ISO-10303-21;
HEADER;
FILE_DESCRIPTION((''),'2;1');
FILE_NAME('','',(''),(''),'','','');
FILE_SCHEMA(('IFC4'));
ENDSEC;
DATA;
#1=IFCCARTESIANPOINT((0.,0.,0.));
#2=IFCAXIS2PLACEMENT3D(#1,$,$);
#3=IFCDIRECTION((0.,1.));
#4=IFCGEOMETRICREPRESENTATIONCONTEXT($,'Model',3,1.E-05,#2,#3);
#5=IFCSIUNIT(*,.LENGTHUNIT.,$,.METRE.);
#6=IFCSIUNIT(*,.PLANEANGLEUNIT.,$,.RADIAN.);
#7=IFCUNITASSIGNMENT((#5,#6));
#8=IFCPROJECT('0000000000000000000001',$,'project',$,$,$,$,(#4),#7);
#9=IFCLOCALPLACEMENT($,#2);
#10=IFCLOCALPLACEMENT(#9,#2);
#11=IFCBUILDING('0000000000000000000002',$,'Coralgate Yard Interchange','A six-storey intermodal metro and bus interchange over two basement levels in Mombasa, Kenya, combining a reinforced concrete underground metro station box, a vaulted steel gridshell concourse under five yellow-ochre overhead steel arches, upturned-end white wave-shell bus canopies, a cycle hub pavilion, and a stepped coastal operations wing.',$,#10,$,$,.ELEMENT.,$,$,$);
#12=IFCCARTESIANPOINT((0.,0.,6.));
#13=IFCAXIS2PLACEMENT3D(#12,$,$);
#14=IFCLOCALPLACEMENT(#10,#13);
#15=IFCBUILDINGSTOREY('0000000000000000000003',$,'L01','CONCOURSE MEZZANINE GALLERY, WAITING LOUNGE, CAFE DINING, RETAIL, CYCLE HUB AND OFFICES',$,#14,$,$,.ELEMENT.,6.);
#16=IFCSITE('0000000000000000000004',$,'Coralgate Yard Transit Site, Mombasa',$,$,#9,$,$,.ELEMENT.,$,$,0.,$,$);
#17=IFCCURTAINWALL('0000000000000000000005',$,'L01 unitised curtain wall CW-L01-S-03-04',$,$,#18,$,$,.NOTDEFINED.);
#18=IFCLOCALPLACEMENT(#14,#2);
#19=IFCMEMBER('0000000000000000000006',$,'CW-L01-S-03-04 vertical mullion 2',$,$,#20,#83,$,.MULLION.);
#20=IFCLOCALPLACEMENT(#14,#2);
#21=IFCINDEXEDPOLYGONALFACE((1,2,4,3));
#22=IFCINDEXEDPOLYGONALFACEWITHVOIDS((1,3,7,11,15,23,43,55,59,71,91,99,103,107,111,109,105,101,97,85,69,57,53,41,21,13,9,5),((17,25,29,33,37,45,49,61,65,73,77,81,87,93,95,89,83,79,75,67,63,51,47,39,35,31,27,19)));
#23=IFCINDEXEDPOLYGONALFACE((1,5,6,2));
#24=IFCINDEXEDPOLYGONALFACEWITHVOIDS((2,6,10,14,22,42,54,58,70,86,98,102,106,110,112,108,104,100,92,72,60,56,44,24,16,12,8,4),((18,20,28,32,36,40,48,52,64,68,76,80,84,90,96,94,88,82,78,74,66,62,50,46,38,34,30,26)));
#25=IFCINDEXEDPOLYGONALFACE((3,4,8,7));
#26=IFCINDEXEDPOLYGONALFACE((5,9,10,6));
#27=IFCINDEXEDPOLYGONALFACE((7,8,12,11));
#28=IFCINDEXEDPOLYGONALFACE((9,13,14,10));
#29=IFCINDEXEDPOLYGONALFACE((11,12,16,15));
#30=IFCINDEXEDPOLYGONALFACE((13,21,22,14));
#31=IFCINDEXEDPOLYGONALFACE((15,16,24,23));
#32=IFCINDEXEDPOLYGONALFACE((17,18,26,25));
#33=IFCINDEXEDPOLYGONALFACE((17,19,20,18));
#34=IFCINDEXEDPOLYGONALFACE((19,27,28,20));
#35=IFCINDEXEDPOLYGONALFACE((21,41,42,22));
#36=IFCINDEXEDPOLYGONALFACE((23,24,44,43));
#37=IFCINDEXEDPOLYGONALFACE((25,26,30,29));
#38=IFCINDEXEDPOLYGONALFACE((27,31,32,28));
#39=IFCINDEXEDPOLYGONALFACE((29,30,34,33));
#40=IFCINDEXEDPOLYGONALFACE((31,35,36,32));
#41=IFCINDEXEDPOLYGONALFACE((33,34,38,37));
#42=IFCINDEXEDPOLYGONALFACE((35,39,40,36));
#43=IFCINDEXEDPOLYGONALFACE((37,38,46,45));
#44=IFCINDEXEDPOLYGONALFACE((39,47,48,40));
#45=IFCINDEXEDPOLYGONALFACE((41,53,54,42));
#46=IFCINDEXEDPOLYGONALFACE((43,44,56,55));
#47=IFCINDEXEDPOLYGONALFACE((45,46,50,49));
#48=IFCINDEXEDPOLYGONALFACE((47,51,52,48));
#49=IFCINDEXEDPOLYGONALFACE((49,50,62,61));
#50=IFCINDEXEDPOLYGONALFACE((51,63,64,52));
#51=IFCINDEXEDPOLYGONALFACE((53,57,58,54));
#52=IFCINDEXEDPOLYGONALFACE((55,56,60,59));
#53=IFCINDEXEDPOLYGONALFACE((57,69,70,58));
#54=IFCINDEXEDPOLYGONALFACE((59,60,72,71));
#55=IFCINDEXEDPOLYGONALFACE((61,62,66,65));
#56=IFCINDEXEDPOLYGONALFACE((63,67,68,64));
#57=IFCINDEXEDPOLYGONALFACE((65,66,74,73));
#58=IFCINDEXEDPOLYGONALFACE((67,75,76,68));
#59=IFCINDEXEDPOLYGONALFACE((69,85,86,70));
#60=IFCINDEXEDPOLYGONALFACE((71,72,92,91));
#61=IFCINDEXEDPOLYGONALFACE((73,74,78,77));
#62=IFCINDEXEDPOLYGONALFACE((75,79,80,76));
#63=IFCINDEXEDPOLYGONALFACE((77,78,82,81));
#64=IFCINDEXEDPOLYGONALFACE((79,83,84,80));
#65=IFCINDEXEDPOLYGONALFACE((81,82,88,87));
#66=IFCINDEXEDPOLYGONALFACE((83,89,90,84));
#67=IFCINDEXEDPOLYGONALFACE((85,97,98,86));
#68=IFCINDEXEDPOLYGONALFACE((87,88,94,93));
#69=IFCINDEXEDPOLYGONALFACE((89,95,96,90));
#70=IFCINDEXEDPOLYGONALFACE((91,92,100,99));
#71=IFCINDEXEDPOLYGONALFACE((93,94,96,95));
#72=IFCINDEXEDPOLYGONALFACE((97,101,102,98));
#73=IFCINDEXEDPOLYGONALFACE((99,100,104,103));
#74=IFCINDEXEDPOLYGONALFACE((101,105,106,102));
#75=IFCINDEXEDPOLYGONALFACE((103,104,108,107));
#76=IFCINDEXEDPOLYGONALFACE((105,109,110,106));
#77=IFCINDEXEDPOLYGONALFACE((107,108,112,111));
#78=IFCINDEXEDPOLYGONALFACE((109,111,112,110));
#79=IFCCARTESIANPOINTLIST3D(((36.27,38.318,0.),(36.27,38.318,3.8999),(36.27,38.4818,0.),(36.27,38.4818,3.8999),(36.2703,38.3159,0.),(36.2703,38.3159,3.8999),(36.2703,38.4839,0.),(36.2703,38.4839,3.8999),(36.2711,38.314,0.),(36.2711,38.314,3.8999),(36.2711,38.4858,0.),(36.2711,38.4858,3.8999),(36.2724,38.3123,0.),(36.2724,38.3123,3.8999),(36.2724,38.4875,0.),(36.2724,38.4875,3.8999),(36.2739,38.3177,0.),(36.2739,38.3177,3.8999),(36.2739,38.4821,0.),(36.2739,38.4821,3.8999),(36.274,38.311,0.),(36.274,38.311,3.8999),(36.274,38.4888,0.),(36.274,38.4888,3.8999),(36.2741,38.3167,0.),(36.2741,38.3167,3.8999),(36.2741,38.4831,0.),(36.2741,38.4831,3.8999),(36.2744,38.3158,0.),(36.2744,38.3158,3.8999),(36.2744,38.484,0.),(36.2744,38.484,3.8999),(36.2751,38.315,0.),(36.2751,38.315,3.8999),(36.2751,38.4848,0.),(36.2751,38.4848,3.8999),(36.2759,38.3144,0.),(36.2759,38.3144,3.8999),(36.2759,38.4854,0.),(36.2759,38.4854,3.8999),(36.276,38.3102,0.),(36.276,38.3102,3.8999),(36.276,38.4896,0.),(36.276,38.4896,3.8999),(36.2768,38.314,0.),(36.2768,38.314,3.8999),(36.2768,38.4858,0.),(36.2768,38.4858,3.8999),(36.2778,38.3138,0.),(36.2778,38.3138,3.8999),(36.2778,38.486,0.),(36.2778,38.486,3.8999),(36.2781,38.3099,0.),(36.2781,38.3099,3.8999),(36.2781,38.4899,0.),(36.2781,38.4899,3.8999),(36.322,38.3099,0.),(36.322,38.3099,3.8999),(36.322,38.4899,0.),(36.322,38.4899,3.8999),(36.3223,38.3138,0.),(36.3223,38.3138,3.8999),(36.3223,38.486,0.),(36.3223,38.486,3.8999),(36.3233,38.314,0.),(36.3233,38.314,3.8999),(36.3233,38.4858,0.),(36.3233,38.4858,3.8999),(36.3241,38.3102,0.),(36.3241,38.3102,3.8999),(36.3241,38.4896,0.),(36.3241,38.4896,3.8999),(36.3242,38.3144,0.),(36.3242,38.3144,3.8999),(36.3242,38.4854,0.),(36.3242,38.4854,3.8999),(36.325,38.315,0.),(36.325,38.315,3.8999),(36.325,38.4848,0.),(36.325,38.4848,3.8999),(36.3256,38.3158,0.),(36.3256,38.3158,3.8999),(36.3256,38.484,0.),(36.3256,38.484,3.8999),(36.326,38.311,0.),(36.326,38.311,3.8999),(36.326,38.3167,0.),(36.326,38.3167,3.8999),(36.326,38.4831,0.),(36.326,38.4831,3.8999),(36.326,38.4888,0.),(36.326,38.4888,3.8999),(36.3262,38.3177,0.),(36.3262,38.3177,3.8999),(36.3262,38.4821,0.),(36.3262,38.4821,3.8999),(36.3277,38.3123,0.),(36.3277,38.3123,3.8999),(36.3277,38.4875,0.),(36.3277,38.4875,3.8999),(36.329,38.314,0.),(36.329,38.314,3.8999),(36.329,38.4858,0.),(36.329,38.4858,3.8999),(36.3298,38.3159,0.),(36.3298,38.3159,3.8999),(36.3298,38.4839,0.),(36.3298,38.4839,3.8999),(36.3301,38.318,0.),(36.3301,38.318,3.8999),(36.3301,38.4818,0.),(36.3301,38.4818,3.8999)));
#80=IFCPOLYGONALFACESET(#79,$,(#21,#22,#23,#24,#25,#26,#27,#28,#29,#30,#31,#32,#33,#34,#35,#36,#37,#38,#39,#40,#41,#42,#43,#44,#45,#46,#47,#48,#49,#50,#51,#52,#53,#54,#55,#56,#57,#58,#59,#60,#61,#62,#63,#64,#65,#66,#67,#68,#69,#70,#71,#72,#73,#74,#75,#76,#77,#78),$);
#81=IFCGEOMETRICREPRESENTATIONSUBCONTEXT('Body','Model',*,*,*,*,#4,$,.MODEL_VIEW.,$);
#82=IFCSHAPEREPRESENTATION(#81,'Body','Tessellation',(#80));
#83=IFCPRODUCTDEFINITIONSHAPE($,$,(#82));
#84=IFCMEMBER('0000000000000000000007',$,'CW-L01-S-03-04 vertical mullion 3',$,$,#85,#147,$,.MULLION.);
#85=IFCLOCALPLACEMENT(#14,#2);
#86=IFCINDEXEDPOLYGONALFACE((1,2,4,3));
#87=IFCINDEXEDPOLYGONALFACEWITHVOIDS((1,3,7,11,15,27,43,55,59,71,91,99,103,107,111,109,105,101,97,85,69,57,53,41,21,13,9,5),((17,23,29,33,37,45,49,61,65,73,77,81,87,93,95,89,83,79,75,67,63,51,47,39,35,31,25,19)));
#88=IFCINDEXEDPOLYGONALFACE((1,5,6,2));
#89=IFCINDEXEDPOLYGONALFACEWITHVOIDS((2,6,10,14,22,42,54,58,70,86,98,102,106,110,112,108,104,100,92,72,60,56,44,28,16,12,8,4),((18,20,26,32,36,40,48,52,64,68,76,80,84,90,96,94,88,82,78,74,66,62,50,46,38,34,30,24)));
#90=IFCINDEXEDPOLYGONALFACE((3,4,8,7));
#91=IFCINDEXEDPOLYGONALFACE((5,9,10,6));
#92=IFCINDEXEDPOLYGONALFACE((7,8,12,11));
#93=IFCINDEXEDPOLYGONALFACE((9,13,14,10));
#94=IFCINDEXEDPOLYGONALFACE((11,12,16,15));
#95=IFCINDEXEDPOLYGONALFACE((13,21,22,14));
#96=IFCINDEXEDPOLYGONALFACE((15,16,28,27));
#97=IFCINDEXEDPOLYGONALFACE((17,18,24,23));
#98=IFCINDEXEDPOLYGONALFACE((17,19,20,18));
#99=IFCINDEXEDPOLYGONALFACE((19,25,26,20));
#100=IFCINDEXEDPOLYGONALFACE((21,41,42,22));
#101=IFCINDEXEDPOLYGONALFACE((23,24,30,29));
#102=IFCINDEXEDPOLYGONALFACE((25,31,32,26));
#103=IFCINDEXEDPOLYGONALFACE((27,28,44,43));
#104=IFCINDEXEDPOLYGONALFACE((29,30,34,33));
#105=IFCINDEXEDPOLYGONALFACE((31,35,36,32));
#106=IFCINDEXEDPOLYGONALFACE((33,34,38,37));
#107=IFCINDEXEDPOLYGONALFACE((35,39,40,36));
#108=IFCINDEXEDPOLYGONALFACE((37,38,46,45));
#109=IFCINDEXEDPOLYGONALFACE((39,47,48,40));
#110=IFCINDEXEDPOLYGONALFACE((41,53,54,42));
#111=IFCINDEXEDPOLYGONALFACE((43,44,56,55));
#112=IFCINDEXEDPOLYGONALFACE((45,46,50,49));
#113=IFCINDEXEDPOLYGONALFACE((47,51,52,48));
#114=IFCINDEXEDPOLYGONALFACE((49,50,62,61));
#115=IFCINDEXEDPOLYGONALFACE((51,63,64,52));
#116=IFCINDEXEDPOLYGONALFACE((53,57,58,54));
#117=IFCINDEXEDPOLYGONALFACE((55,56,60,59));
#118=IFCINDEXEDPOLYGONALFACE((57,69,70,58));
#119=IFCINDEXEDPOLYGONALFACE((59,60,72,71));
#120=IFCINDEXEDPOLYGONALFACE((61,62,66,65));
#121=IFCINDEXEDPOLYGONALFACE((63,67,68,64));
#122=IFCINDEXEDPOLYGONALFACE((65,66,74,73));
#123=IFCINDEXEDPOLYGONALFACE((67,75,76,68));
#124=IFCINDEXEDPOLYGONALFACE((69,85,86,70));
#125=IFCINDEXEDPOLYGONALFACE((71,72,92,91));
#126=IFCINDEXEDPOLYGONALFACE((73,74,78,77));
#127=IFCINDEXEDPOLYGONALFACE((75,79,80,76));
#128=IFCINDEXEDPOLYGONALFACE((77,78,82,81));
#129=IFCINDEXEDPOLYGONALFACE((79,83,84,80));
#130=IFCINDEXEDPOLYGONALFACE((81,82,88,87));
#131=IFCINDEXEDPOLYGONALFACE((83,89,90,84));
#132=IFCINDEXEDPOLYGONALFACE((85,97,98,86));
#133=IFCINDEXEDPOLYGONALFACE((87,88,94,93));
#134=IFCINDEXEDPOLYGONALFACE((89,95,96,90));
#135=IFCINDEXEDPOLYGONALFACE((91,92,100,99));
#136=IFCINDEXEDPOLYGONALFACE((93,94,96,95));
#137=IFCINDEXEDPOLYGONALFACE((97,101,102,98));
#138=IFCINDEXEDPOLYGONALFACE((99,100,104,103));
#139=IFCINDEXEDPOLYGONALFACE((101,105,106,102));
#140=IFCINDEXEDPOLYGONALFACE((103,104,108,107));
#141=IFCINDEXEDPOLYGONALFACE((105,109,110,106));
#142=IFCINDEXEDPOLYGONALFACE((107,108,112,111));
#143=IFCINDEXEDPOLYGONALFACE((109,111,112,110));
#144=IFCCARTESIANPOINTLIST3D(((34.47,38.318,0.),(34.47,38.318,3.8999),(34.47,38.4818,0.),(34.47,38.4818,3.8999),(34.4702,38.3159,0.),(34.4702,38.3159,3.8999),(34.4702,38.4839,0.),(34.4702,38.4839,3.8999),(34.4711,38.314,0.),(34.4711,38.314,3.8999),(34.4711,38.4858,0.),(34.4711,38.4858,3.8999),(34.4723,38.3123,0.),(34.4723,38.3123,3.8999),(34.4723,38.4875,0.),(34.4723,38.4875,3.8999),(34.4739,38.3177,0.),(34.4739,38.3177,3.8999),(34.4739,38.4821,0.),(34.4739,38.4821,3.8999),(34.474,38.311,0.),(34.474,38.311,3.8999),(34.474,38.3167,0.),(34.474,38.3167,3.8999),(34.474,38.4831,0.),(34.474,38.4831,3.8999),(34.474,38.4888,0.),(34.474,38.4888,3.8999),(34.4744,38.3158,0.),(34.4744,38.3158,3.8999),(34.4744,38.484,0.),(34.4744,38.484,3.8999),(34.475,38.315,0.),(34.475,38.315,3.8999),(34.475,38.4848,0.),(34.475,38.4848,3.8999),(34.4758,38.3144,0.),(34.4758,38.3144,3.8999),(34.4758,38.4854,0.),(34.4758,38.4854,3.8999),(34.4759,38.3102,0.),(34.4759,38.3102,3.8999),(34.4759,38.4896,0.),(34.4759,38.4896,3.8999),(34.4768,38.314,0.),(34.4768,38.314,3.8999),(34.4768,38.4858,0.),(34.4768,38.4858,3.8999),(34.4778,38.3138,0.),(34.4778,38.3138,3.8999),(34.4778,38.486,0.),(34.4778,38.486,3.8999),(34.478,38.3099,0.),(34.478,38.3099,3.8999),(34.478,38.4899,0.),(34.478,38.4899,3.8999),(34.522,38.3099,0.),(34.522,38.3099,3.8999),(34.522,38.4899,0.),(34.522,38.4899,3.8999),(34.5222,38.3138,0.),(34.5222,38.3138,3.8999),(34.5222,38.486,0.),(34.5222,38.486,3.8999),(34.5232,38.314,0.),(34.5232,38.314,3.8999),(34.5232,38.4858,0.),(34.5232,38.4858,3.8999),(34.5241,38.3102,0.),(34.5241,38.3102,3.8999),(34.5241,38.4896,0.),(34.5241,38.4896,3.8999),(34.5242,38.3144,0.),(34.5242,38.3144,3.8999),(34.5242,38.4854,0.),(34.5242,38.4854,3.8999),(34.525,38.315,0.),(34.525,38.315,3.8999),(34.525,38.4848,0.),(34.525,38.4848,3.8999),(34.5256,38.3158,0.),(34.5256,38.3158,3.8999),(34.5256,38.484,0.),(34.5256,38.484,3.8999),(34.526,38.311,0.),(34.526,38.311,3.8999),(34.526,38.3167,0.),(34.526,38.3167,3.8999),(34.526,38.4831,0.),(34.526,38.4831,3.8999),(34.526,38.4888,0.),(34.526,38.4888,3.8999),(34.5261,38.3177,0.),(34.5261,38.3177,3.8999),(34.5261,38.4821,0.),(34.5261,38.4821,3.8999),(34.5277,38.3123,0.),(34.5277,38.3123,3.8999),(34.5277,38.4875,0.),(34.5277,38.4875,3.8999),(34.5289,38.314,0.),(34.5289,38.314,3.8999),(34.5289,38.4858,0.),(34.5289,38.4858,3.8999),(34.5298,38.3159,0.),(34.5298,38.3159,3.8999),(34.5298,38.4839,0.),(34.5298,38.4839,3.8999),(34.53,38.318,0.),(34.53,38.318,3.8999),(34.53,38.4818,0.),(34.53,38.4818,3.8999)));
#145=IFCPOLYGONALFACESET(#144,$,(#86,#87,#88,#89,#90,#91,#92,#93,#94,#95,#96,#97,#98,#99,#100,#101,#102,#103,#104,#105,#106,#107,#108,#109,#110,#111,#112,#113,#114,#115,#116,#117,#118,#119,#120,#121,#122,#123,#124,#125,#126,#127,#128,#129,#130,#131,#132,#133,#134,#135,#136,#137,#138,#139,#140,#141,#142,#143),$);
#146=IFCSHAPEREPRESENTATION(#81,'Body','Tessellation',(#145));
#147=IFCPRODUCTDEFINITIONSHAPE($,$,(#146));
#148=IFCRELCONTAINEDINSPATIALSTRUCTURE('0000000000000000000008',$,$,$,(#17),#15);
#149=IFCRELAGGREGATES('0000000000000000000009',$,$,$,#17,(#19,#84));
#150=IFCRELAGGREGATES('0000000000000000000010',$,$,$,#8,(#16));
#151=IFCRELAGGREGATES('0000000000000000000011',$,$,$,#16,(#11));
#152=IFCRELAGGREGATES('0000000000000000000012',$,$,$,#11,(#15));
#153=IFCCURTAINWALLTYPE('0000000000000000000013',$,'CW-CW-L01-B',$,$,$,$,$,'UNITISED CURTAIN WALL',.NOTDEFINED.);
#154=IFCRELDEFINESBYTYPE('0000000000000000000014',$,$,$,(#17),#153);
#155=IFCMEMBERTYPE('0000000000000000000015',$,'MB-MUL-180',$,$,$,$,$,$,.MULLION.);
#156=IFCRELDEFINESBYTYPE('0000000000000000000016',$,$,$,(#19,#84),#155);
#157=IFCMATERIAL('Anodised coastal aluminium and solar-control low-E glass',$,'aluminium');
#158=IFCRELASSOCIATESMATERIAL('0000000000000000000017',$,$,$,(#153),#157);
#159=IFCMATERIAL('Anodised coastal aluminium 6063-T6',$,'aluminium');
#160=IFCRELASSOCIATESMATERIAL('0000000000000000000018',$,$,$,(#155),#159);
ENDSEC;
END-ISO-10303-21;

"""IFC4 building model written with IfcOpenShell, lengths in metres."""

from ifc_helpers import new_model, si_unit, direction, frame, origin, origin_2d, place, context, subcontext, project, spatial, hollow_rectangle, extrude, material, material_profile, profile_set, type_object, element, aggregate, save


model = new_model("IFC4")

# Units and contexts
model_context = context("Model", 3, precision=1e-05, world=origin(), true_north=direction((0.0, 1.0)))
body_context = subcontext(model_context, "Body", "Model", "MODEL_VIEW")
ifc_project = project(units=[si_unit("LENGTHUNIT", "METRE"), si_unit("PLANEANGLEUNIT", "RADIAN")], contexts=[model_context])

# Site, building, storey
site_placement = place(None, origin())
site = spatial("IfcSite", under=ifc_project, at=site_placement, Name="Coralgate Yard Transit Site, Mombasa", CompositionType="ELEMENT", RefElevation=0.0)
building_placement = place(site_placement, origin())
building = spatial("IfcBuilding", under=site, at=building_placement, Name="Coralgate Yard Interchange", Description="A six-storey intermodal metro and bus interchange over two basement levels in Mombasa, Kenya, combining a reinforced concrete underground metro station box, a vaulted steel gridshell concourse under five yellow-ochre overhead steel arches, upturned-end white wave-shell bus canopies, a cycle hub pavilion, and a stepped coastal operations wing.", CompositionType="ELEMENT")
storey_placement = place(building_placement, frame((0.0, 0.0, 6.0)))
storey = spatial("IfcBuildingStorey", under=building, at=storey_placement, Name="L01", Description="CONCOURSE MEZZANINE GALLERY, WAITING LOUNGE, CAFE DINING, RETAIL, CYCLE HUB AND OFFICES", CompositionType="ELEMENT", Elevation=6.0)

# Curtain wall, members
ifc_material_1 = material(Name="Anodised coastal aluminium and solar-control low-E glass", Category="aluminium")
curtain_wall_type = type_object("IfcCurtainWallType", Name="CW-CW-L01-B", ElementType="UNITISED CURTAIN WALL", PredefinedType="NOTDEFINED", material=ifc_material_1)
curtain_wall_placement = place(storey_placement, origin())
curtain_wall = element("IfcCurtainWall", 1, at=curtain_wall_placement, inside=storey, type_object=curtain_wall_type, Name="L01 unitised curtain wall CW-L01-S-03-04", PredefinedType="NOTDEFINED")
ifc_material_2 = material(Name="Anodised coastal aluminium 6063-T6", Category="aluminium")
ifc_material_profile_1 = material_profile(ifc_material_2, hollow_rectangle(XDim=0.0601, YDim=0.1799, WallThickness=0.0039, InnerFilletRadius=0.0039, OuterFilletRadius=0.0081, at=origin_2d()), Name="ALU 60x180x4")
ifc_profile_set_1 = profile_set([ifc_material_profile_1], Name="Anodised coastal aluminium 6063-T6")
member_type_1 = type_object("IfcMemberType", Name="MB-MUL-180", PredefinedType="MULLION", material=ifc_profile_set_1)
member_1_placement = place(storey_placement, frame((36.3, 38.3999, 0.0), z_axis=(0.0, 0.0, 1.0), x_axis=(1.0, 0.0, 0.0)))
member_1 = element("IfcMember", 2, at=member_1_placement, type_object=member_type_1, Name="CW-L01-S-03-04 vertical mullion 2", PredefinedType="MULLION", context=body_context, shape_type="SweptSolid", body=[
    extrude(hollow_rectangle(XDim=0.0601, YDim=0.1799, WallThickness=0.0039, InnerFilletRadius=0.0039, OuterFilletRadius=0.0081, at=origin_2d()), origin(), (0.0, 0.0, 1.0), 3.8999),
])
member_2_placement = place(storey_placement, frame((34.5, 38.3999, 0.0), z_axis=(0.0, 0.0, 1.0), x_axis=(1.0, 0.0, 0.0)))
member_2 = element("IfcMember", 3, at=member_2_placement, type_object=member_type_1, Name="CW-L01-S-03-04 vertical mullion 3", PredefinedType="MULLION", context=body_context, shape_type="SweptSolid", body=[
    extrude(hollow_rectangle(XDim=0.0601, YDim=0.1799, WallThickness=0.0039, InnerFilletRadius=0.0039, OuterFilletRadius=0.0081, at=origin_2d()), origin(), (0.0, 0.0, 1.0), 3.8999),
])
aggregate(curtain_wall, [member_1, member_2])

save(model, "model.ifc")
